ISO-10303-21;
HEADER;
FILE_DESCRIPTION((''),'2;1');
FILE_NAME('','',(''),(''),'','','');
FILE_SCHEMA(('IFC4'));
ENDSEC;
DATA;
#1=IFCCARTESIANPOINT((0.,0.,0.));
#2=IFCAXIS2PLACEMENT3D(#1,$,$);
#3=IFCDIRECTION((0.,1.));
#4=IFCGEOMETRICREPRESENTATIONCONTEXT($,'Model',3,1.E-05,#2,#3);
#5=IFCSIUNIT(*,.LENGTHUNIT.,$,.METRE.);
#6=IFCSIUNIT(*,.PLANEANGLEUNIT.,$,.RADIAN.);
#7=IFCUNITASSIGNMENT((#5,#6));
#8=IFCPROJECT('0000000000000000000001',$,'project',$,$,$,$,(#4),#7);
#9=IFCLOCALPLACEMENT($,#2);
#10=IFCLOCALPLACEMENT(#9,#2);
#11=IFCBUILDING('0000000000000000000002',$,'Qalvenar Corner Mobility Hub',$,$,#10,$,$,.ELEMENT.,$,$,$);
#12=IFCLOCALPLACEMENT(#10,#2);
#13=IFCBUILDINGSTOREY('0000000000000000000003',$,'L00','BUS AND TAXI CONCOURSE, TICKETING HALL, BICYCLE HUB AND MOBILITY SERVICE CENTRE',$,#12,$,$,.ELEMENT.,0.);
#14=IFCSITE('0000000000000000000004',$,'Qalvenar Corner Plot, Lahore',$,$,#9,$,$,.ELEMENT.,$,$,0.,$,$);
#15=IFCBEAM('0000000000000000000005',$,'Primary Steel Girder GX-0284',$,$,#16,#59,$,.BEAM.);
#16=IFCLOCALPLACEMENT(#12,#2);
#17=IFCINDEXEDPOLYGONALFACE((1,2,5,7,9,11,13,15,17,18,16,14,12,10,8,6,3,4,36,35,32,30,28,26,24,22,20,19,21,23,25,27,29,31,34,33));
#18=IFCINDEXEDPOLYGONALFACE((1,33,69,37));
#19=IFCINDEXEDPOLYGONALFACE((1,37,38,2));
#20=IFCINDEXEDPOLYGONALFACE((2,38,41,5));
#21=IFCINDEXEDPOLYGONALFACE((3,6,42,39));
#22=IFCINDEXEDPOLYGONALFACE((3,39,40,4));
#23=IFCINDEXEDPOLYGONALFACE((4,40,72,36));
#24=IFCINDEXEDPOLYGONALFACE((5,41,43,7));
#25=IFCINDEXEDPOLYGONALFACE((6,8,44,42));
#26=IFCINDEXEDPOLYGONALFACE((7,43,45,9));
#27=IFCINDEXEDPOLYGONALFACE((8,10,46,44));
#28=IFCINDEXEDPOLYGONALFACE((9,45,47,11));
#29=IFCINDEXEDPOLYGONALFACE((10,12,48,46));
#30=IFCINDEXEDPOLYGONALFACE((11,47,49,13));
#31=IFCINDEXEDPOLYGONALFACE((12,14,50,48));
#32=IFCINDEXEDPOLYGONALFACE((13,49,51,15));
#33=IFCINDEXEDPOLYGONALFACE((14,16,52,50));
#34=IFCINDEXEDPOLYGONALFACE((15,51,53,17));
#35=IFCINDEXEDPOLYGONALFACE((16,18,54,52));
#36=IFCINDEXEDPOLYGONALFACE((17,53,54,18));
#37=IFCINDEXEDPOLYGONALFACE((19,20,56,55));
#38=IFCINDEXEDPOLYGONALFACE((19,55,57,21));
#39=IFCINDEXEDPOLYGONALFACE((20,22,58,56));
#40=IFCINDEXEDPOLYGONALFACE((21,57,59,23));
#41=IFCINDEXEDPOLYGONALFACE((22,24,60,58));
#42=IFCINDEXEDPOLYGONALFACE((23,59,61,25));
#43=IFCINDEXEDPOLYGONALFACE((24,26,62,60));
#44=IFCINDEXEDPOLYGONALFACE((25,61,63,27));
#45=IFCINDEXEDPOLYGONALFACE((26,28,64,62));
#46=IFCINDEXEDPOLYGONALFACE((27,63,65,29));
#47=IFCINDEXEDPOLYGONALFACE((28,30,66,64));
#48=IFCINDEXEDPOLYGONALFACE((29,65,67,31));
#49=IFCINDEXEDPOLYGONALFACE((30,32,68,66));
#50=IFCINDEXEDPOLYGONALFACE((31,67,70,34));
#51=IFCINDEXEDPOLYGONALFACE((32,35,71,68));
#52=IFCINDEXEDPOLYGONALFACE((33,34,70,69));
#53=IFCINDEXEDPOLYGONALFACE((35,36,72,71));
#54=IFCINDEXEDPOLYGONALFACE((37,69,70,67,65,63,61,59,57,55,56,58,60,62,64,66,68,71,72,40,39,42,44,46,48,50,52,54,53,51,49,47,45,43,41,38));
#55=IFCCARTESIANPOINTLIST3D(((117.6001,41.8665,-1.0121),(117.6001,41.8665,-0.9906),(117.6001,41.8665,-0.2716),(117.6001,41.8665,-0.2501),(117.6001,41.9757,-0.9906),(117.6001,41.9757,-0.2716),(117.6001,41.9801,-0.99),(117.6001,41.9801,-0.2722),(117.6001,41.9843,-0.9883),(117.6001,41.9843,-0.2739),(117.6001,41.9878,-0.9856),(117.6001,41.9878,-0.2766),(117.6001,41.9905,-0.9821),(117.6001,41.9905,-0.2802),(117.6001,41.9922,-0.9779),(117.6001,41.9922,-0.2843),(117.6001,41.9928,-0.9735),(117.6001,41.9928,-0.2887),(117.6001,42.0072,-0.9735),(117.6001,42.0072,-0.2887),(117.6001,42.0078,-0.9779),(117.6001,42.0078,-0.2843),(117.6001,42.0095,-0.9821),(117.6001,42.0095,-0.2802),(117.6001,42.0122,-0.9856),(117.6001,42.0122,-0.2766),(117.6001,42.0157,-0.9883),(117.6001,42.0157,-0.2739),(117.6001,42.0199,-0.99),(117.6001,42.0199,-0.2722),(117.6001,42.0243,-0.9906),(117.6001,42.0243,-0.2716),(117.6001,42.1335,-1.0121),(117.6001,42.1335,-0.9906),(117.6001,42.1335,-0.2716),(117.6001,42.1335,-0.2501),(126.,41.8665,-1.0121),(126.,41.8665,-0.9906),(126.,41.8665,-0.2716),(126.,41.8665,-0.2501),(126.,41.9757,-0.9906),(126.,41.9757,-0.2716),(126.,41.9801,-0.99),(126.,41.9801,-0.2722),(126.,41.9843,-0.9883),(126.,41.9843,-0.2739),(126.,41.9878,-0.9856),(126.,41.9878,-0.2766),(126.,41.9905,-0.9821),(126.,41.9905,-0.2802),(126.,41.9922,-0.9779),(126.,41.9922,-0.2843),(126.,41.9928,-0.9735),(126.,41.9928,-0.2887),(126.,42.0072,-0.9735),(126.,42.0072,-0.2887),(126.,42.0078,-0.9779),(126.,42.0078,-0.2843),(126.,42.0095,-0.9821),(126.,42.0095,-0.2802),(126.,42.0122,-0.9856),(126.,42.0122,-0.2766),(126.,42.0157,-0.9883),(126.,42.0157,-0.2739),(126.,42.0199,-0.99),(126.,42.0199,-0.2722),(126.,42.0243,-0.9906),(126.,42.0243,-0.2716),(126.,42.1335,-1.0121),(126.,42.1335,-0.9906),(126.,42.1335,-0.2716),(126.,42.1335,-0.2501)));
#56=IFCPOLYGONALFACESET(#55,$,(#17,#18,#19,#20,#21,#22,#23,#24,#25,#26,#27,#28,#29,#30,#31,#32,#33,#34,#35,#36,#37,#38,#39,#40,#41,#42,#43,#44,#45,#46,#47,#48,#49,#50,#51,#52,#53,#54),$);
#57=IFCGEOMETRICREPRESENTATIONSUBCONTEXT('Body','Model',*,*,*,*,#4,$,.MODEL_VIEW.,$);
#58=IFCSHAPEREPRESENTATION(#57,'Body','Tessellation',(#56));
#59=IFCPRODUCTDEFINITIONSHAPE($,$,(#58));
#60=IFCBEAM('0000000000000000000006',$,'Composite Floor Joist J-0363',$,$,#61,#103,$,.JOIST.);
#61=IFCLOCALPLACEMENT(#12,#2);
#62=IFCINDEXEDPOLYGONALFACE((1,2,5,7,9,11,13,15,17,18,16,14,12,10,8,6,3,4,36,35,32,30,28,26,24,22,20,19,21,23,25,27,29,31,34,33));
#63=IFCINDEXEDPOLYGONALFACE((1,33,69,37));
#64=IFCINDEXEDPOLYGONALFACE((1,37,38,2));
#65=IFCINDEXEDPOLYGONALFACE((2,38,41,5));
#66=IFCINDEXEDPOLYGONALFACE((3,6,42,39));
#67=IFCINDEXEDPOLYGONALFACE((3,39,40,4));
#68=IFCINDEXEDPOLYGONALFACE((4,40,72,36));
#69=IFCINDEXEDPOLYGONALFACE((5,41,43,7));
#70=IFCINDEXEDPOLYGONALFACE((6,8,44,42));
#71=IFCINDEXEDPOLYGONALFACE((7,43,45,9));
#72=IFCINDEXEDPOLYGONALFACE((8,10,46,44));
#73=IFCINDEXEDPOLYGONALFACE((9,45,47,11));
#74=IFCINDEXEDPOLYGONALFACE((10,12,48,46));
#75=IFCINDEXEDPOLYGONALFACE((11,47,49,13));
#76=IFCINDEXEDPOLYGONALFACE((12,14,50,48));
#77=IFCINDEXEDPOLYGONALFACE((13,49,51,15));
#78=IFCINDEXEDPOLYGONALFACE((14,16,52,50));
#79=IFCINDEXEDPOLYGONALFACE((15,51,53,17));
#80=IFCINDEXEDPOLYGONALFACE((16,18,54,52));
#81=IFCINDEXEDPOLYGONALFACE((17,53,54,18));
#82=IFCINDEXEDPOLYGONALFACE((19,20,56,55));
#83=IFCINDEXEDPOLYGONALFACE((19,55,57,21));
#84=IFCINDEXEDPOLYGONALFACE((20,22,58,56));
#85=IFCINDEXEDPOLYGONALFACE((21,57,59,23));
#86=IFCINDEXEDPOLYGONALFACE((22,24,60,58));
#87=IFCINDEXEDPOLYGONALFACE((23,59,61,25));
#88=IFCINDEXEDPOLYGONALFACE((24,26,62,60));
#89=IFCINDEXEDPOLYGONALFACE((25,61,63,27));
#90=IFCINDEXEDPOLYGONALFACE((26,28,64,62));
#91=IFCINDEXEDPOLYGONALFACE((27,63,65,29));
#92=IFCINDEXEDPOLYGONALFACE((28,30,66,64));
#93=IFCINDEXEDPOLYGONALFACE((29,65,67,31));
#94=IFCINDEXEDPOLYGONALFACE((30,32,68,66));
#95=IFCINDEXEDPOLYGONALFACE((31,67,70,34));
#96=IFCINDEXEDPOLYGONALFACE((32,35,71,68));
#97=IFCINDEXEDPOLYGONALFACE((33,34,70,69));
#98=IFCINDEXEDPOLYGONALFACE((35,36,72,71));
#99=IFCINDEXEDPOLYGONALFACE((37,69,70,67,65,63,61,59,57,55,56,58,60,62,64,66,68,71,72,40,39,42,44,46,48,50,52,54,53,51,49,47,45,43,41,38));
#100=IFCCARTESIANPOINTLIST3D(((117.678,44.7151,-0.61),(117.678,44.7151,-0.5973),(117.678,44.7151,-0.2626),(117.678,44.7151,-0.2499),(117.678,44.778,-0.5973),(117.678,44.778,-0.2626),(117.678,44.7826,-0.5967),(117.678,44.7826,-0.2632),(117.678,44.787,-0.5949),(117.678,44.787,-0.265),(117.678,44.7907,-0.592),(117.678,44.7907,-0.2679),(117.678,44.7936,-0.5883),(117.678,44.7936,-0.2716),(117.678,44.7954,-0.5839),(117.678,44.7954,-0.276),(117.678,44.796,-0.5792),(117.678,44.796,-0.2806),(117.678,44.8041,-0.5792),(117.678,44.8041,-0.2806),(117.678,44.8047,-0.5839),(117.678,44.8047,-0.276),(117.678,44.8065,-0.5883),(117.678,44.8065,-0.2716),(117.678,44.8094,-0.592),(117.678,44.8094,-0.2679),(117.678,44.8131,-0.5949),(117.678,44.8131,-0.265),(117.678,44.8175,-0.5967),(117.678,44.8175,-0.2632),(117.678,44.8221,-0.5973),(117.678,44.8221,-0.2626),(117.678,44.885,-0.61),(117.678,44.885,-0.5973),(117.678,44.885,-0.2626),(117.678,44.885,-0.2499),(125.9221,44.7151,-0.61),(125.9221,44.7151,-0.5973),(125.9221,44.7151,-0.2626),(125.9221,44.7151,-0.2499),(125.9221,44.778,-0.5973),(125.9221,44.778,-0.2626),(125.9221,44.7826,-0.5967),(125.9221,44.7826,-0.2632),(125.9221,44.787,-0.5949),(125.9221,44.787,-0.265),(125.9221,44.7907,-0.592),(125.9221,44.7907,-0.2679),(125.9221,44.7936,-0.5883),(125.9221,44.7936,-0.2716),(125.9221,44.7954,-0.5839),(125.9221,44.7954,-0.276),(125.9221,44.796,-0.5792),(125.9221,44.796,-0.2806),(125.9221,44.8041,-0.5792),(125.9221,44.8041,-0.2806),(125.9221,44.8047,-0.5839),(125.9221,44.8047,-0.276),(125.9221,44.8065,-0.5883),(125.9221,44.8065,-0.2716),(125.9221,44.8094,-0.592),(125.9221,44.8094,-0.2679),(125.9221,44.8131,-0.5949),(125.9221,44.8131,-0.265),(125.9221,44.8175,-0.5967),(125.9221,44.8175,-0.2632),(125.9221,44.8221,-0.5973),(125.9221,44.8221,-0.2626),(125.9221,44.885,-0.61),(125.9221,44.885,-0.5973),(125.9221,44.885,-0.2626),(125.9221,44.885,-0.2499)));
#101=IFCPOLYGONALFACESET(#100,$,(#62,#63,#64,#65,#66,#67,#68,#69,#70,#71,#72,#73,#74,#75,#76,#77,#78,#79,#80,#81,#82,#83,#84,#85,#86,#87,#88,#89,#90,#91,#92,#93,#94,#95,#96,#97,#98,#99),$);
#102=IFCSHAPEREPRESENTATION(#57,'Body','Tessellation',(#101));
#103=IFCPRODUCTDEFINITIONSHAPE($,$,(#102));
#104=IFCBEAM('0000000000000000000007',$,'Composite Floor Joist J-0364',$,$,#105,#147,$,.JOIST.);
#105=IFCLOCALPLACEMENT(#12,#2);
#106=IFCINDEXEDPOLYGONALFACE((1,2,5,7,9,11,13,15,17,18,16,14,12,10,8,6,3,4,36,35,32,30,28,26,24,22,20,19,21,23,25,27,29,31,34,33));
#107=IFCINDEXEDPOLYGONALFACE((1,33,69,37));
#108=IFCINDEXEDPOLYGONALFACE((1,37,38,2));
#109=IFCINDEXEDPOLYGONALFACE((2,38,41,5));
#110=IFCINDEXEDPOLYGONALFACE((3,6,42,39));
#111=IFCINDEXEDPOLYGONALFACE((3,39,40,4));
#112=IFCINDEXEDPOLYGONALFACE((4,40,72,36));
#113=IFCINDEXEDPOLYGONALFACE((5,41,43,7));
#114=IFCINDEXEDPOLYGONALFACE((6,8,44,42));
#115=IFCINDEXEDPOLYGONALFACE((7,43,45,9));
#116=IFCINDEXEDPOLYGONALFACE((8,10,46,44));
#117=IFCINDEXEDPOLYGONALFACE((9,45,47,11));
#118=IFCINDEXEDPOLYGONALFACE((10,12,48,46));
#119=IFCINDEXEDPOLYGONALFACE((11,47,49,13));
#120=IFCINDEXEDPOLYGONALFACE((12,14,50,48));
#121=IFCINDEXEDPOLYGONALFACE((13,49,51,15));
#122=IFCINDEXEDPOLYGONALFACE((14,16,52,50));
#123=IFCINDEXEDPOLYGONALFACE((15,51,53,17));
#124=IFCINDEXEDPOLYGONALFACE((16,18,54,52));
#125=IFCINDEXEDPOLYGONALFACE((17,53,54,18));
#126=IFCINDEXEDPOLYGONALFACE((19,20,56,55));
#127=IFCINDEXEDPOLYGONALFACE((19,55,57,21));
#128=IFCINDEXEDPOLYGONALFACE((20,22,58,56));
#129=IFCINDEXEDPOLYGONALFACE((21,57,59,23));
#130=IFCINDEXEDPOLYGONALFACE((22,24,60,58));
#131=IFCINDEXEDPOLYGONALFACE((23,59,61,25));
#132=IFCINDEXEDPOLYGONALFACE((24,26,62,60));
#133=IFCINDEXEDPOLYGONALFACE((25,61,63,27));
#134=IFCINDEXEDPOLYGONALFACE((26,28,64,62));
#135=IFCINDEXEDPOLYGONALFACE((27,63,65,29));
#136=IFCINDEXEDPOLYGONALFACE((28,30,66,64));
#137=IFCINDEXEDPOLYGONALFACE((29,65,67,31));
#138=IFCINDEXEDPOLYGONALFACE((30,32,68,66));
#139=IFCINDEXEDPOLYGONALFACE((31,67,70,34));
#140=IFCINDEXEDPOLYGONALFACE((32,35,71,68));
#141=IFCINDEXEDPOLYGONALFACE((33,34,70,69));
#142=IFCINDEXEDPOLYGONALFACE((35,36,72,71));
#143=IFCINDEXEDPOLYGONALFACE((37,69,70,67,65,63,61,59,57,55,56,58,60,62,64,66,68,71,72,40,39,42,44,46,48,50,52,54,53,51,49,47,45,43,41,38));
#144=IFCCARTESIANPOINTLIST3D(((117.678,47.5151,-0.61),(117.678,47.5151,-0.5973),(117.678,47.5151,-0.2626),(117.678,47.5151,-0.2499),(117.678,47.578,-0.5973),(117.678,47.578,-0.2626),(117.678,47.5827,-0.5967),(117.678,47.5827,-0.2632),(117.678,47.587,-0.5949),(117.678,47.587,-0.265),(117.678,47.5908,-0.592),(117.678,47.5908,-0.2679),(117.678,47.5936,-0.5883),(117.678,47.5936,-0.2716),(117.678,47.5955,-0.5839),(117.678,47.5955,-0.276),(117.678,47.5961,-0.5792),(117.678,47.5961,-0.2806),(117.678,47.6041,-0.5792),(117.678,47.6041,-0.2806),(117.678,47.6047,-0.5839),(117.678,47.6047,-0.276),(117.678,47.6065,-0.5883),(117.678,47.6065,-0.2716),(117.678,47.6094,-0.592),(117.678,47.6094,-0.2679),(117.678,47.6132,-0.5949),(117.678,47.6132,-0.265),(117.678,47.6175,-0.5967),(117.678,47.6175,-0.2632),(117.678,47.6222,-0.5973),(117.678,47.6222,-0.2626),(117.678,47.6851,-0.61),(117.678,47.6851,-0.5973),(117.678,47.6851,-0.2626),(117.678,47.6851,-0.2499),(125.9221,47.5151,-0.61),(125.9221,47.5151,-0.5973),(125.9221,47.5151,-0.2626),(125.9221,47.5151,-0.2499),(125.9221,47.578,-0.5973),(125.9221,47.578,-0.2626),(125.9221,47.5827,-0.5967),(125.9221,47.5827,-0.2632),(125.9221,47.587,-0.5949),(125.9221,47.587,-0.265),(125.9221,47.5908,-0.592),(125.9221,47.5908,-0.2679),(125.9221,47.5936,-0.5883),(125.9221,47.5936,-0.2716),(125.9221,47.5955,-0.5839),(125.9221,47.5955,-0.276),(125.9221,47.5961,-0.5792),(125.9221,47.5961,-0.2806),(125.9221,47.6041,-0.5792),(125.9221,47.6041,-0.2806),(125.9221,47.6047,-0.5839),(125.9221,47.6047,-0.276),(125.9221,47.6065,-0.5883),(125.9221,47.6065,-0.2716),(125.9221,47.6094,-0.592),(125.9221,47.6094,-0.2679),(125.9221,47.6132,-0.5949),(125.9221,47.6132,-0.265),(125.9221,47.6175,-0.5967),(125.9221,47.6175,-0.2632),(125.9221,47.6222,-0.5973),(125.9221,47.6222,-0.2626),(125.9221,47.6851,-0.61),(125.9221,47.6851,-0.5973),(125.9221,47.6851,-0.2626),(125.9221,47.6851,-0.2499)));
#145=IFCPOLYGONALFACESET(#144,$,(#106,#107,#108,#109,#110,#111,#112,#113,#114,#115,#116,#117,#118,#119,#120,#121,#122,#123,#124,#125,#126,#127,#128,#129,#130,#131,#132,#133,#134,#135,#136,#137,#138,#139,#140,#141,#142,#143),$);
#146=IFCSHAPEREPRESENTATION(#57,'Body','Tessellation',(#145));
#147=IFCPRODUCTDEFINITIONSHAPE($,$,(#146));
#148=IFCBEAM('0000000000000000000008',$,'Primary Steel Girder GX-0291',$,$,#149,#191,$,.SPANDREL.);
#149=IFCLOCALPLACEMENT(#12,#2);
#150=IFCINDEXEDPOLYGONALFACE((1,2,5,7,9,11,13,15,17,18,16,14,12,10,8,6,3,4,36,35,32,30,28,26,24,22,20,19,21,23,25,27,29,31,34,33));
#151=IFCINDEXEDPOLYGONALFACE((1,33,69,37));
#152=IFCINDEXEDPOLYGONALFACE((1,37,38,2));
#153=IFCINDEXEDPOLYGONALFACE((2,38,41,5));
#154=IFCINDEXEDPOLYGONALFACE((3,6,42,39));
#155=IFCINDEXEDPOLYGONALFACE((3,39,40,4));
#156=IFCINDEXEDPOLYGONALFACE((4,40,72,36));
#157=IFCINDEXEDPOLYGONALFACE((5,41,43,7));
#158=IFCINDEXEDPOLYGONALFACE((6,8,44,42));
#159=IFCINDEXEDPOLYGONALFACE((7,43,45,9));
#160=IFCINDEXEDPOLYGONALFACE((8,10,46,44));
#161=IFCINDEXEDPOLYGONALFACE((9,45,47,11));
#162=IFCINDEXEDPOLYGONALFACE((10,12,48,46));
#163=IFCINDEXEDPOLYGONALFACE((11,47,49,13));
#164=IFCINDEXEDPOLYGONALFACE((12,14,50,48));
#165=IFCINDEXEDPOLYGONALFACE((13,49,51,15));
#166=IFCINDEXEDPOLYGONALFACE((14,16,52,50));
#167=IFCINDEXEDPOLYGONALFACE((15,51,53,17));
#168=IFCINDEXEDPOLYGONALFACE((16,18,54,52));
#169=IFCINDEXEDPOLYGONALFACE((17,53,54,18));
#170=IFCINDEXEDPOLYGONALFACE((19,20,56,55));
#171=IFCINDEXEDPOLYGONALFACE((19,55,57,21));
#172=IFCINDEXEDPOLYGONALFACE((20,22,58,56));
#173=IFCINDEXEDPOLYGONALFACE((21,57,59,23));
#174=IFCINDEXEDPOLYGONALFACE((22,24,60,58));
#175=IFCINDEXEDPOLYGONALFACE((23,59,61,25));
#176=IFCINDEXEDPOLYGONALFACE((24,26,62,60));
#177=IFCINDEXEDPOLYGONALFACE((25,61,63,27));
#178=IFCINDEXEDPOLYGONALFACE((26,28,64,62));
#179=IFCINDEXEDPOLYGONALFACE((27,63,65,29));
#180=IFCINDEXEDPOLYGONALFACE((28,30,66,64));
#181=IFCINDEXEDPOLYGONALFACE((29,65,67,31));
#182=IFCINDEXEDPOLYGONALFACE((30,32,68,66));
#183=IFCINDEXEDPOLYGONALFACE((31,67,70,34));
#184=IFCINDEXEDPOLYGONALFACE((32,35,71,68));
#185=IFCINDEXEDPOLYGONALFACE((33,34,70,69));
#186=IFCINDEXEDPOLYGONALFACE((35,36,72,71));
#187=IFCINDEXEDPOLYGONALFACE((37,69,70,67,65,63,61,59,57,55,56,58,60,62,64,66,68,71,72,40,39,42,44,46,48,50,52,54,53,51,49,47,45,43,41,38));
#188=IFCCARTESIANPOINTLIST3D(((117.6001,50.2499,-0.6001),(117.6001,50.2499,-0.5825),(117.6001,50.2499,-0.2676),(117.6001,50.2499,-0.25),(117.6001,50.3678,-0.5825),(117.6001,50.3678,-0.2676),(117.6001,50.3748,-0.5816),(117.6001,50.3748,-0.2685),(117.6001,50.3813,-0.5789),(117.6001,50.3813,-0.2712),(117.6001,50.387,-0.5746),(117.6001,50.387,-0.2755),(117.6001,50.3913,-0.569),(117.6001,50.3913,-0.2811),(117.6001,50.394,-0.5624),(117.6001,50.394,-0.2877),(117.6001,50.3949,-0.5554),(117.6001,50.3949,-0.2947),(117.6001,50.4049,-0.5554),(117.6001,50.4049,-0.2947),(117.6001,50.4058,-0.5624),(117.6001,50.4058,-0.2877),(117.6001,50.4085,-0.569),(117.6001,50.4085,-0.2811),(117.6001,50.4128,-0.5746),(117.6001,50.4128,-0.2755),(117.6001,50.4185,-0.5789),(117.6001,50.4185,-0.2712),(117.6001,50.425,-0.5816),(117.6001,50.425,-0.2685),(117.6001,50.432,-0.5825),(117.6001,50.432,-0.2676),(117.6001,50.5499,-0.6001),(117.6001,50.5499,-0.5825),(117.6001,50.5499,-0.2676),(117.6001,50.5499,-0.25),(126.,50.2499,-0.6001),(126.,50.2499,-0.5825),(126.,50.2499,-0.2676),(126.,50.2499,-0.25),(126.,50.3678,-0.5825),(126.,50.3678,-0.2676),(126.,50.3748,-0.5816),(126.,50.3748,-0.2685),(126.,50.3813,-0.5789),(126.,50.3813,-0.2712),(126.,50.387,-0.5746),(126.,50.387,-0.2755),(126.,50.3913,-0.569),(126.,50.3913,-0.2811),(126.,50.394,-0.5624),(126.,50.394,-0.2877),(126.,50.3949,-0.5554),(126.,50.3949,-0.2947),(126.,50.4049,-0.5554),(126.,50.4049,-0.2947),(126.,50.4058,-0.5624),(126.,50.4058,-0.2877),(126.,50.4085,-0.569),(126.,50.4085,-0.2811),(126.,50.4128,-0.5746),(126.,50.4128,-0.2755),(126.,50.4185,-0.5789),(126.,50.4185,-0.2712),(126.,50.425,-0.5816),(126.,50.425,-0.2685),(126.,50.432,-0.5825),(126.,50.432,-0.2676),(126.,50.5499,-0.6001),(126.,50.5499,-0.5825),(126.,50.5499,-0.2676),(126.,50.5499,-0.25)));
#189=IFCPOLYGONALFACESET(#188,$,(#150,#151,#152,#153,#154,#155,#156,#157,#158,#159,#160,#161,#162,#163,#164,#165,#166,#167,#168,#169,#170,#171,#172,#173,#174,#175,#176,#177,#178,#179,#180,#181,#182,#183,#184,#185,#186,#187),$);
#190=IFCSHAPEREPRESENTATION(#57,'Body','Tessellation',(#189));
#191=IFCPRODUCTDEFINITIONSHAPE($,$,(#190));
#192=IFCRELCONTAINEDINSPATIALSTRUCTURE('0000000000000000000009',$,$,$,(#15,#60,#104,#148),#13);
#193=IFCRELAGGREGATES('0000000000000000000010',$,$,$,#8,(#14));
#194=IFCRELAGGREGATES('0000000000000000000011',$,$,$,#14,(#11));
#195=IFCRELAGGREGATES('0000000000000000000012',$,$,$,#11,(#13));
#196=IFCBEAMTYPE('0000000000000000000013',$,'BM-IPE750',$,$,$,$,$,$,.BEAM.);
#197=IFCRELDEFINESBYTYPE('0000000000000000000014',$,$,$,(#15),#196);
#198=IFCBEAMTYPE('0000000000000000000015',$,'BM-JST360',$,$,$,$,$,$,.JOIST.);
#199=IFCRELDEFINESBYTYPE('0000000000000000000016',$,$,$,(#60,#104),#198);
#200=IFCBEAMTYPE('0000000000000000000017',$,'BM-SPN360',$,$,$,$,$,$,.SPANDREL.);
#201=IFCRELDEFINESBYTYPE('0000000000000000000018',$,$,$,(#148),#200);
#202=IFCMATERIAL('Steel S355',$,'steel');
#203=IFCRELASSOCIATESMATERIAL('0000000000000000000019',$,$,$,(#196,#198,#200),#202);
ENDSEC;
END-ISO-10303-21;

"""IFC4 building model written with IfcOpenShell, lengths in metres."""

from ifc_helpers import new_model, si_unit, direction, frame, origin, origin_2d, place, context, subcontext, project, spatial, i_section, extrude, material, material_profile, profile_set, type_object, element, save


model = new_model("IFC4")

# Units and contexts
model_context = context("Model", 3, precision=1e-05, world=origin(), true_north=direction((0.0, 1.0)))
body_context = subcontext(model_context, "Body", "Model", "MODEL_VIEW")
ifc_project = project(units=[si_unit("LENGTHUNIT", "METRE"), si_unit("PLANEANGLEUNIT", "RADIAN")], contexts=[model_context])

# Site, building, storey
site_placement = place(None, origin())
site = spatial("IfcSite", under=ifc_project, at=site_placement, Name="Qalvenar Corner Plot, Lahore", CompositionType="ELEMENT", RefElevation=0.0)
building_placement = place(site_placement, origin())
building = spatial("IfcBuilding", under=site, at=building_placement, Name="Qalvenar Corner Mobility Hub", CompositionType="ELEMENT")
storey_placement = place(building_placement, origin())
storey = spatial("IfcBuildingStorey", under=building, at=storey_placement, Name="L00", Description="BUS AND TAXI CONCOURSE, TICKETING HALL, BICYCLE HUB AND MOBILITY SERVICE CENTRE", CompositionType="ELEMENT", Elevation=0.0)

# Shared definitions
ifc_material_1 = material(Name="Steel S355", Category="steel")

# Beams
ifc_material_profile_1 = material_profile(ifc_material_1, i_section(OverallWidth=0.2671, OverallDepth=0.762, WebThickness=0.0144, FlangeThickness=0.0215, FilletRadius=0.0171, at=origin_2d()), Name="IPE750x173")
ifc_profile_set_1 = profile_set([ifc_material_profile_1], Name="Steel S355")
beam_type_1 = type_object("IfcBeamType", Name="BM-IPE750", PredefinedType="BEAM", material=ifc_profile_set_1)
beam_1_placement = place(storey_placement, frame((117.6001, 42.0, -0.6311), z_axis=(1.0, 0.0, 0.0), x_axis=(0.0, 1.0, 0.0)))
element("IfcBeam", 1, at=beam_1_placement, inside=storey, type_object=beam_type_1, Name="Primary Steel Girder GX-0284", PredefinedType="BEAM", context=body_context, shape_type="SweptSolid", body=[
    extrude(i_section(OverallWidth=0.2671, OverallDepth=0.762, WebThickness=0.0144, FlangeThickness=0.0215, FilletRadius=0.0171, at=origin_2d()), origin(), (0.0, 0.0, 1.0), 8.3999),
])
ifc_material_profile_2 = material_profile(ifc_material_1, i_section(OverallWidth=0.1699, OverallDepth=0.3601, WebThickness=0.0081, FlangeThickness=0.0127, FilletRadius=0.0181, at=origin_2d()), Name="IPE360")
ifc_profile_set_2 = profile_set([ifc_material_profile_2], Name="Steel S355")
beam_type_2 = type_object("IfcBeamType", Name="BM-JST360", PredefinedType="JOIST", material=ifc_profile_set_2)
for number, where, z_axis, x_axis, name in (
    (2, (117.678, 44.8, -0.4299), (1.0, 0.0, 0.0), (0.0, 1.0, 0.0), "Composite Floor Joist J-0363"),
    (3, (117.678, 47.6001, -0.4299), (1.0, 0.0, 0.0), (0.0, 1.0, 0.0), "Composite Floor Joist J-0364"),
):
    element("IfcBeam", number, at=place(storey_placement, frame(where, z_axis=z_axis, x_axis=x_axis)), inside=storey, type_object=beam_type_2, Name=name, PredefinedType="JOIST", context=body_context, shape_type="SweptSolid", body=[
        extrude(i_section(OverallWidth=0.1699, OverallDepth=0.3601, WebThickness=0.0081, FlangeThickness=0.0127, FilletRadius=0.0181, at=origin_2d()), origin(), (0.0, 0.0, 1.0), 8.2441),
    ])
ifc_material_profile_3 = material_profile(ifc_material_1, i_section(OverallWidth=0.3, OverallDepth=0.3501, WebThickness=0.01, FlangeThickness=0.0176, FilletRadius=0.0271, at=origin_2d()), Name="HEA360")
ifc_profile_set_3 = profile_set([ifc_material_profile_3], Name="Steel S355")
beam_type_3 = type_object("IfcBeamType", Name="BM-SPN360", PredefinedType="SPANDREL", material=ifc_profile_set_3)
beam_2_placement = place(storey_placement, frame((117.6001, 50.3999, -0.425), z_axis=(1.0, 0.0, 0.0), x_axis=(0.0, 1.0, 0.0)))
element("IfcBeam", 4, at=beam_2_placement, inside=storey, type_object=beam_type_3, Name="Primary Steel Girder GX-0291", PredefinedType="SPANDREL", context=body_context, shape_type="SweptSolid", body=[
    extrude(i_section(OverallWidth=0.3, OverallDepth=0.3501, WebThickness=0.01, FlangeThickness=0.0176, FilletRadius=0.0271, at=origin_2d()), origin(), (0.0, 0.0, 1.0), 8.3999),
])

save(model, "model.ifc")
